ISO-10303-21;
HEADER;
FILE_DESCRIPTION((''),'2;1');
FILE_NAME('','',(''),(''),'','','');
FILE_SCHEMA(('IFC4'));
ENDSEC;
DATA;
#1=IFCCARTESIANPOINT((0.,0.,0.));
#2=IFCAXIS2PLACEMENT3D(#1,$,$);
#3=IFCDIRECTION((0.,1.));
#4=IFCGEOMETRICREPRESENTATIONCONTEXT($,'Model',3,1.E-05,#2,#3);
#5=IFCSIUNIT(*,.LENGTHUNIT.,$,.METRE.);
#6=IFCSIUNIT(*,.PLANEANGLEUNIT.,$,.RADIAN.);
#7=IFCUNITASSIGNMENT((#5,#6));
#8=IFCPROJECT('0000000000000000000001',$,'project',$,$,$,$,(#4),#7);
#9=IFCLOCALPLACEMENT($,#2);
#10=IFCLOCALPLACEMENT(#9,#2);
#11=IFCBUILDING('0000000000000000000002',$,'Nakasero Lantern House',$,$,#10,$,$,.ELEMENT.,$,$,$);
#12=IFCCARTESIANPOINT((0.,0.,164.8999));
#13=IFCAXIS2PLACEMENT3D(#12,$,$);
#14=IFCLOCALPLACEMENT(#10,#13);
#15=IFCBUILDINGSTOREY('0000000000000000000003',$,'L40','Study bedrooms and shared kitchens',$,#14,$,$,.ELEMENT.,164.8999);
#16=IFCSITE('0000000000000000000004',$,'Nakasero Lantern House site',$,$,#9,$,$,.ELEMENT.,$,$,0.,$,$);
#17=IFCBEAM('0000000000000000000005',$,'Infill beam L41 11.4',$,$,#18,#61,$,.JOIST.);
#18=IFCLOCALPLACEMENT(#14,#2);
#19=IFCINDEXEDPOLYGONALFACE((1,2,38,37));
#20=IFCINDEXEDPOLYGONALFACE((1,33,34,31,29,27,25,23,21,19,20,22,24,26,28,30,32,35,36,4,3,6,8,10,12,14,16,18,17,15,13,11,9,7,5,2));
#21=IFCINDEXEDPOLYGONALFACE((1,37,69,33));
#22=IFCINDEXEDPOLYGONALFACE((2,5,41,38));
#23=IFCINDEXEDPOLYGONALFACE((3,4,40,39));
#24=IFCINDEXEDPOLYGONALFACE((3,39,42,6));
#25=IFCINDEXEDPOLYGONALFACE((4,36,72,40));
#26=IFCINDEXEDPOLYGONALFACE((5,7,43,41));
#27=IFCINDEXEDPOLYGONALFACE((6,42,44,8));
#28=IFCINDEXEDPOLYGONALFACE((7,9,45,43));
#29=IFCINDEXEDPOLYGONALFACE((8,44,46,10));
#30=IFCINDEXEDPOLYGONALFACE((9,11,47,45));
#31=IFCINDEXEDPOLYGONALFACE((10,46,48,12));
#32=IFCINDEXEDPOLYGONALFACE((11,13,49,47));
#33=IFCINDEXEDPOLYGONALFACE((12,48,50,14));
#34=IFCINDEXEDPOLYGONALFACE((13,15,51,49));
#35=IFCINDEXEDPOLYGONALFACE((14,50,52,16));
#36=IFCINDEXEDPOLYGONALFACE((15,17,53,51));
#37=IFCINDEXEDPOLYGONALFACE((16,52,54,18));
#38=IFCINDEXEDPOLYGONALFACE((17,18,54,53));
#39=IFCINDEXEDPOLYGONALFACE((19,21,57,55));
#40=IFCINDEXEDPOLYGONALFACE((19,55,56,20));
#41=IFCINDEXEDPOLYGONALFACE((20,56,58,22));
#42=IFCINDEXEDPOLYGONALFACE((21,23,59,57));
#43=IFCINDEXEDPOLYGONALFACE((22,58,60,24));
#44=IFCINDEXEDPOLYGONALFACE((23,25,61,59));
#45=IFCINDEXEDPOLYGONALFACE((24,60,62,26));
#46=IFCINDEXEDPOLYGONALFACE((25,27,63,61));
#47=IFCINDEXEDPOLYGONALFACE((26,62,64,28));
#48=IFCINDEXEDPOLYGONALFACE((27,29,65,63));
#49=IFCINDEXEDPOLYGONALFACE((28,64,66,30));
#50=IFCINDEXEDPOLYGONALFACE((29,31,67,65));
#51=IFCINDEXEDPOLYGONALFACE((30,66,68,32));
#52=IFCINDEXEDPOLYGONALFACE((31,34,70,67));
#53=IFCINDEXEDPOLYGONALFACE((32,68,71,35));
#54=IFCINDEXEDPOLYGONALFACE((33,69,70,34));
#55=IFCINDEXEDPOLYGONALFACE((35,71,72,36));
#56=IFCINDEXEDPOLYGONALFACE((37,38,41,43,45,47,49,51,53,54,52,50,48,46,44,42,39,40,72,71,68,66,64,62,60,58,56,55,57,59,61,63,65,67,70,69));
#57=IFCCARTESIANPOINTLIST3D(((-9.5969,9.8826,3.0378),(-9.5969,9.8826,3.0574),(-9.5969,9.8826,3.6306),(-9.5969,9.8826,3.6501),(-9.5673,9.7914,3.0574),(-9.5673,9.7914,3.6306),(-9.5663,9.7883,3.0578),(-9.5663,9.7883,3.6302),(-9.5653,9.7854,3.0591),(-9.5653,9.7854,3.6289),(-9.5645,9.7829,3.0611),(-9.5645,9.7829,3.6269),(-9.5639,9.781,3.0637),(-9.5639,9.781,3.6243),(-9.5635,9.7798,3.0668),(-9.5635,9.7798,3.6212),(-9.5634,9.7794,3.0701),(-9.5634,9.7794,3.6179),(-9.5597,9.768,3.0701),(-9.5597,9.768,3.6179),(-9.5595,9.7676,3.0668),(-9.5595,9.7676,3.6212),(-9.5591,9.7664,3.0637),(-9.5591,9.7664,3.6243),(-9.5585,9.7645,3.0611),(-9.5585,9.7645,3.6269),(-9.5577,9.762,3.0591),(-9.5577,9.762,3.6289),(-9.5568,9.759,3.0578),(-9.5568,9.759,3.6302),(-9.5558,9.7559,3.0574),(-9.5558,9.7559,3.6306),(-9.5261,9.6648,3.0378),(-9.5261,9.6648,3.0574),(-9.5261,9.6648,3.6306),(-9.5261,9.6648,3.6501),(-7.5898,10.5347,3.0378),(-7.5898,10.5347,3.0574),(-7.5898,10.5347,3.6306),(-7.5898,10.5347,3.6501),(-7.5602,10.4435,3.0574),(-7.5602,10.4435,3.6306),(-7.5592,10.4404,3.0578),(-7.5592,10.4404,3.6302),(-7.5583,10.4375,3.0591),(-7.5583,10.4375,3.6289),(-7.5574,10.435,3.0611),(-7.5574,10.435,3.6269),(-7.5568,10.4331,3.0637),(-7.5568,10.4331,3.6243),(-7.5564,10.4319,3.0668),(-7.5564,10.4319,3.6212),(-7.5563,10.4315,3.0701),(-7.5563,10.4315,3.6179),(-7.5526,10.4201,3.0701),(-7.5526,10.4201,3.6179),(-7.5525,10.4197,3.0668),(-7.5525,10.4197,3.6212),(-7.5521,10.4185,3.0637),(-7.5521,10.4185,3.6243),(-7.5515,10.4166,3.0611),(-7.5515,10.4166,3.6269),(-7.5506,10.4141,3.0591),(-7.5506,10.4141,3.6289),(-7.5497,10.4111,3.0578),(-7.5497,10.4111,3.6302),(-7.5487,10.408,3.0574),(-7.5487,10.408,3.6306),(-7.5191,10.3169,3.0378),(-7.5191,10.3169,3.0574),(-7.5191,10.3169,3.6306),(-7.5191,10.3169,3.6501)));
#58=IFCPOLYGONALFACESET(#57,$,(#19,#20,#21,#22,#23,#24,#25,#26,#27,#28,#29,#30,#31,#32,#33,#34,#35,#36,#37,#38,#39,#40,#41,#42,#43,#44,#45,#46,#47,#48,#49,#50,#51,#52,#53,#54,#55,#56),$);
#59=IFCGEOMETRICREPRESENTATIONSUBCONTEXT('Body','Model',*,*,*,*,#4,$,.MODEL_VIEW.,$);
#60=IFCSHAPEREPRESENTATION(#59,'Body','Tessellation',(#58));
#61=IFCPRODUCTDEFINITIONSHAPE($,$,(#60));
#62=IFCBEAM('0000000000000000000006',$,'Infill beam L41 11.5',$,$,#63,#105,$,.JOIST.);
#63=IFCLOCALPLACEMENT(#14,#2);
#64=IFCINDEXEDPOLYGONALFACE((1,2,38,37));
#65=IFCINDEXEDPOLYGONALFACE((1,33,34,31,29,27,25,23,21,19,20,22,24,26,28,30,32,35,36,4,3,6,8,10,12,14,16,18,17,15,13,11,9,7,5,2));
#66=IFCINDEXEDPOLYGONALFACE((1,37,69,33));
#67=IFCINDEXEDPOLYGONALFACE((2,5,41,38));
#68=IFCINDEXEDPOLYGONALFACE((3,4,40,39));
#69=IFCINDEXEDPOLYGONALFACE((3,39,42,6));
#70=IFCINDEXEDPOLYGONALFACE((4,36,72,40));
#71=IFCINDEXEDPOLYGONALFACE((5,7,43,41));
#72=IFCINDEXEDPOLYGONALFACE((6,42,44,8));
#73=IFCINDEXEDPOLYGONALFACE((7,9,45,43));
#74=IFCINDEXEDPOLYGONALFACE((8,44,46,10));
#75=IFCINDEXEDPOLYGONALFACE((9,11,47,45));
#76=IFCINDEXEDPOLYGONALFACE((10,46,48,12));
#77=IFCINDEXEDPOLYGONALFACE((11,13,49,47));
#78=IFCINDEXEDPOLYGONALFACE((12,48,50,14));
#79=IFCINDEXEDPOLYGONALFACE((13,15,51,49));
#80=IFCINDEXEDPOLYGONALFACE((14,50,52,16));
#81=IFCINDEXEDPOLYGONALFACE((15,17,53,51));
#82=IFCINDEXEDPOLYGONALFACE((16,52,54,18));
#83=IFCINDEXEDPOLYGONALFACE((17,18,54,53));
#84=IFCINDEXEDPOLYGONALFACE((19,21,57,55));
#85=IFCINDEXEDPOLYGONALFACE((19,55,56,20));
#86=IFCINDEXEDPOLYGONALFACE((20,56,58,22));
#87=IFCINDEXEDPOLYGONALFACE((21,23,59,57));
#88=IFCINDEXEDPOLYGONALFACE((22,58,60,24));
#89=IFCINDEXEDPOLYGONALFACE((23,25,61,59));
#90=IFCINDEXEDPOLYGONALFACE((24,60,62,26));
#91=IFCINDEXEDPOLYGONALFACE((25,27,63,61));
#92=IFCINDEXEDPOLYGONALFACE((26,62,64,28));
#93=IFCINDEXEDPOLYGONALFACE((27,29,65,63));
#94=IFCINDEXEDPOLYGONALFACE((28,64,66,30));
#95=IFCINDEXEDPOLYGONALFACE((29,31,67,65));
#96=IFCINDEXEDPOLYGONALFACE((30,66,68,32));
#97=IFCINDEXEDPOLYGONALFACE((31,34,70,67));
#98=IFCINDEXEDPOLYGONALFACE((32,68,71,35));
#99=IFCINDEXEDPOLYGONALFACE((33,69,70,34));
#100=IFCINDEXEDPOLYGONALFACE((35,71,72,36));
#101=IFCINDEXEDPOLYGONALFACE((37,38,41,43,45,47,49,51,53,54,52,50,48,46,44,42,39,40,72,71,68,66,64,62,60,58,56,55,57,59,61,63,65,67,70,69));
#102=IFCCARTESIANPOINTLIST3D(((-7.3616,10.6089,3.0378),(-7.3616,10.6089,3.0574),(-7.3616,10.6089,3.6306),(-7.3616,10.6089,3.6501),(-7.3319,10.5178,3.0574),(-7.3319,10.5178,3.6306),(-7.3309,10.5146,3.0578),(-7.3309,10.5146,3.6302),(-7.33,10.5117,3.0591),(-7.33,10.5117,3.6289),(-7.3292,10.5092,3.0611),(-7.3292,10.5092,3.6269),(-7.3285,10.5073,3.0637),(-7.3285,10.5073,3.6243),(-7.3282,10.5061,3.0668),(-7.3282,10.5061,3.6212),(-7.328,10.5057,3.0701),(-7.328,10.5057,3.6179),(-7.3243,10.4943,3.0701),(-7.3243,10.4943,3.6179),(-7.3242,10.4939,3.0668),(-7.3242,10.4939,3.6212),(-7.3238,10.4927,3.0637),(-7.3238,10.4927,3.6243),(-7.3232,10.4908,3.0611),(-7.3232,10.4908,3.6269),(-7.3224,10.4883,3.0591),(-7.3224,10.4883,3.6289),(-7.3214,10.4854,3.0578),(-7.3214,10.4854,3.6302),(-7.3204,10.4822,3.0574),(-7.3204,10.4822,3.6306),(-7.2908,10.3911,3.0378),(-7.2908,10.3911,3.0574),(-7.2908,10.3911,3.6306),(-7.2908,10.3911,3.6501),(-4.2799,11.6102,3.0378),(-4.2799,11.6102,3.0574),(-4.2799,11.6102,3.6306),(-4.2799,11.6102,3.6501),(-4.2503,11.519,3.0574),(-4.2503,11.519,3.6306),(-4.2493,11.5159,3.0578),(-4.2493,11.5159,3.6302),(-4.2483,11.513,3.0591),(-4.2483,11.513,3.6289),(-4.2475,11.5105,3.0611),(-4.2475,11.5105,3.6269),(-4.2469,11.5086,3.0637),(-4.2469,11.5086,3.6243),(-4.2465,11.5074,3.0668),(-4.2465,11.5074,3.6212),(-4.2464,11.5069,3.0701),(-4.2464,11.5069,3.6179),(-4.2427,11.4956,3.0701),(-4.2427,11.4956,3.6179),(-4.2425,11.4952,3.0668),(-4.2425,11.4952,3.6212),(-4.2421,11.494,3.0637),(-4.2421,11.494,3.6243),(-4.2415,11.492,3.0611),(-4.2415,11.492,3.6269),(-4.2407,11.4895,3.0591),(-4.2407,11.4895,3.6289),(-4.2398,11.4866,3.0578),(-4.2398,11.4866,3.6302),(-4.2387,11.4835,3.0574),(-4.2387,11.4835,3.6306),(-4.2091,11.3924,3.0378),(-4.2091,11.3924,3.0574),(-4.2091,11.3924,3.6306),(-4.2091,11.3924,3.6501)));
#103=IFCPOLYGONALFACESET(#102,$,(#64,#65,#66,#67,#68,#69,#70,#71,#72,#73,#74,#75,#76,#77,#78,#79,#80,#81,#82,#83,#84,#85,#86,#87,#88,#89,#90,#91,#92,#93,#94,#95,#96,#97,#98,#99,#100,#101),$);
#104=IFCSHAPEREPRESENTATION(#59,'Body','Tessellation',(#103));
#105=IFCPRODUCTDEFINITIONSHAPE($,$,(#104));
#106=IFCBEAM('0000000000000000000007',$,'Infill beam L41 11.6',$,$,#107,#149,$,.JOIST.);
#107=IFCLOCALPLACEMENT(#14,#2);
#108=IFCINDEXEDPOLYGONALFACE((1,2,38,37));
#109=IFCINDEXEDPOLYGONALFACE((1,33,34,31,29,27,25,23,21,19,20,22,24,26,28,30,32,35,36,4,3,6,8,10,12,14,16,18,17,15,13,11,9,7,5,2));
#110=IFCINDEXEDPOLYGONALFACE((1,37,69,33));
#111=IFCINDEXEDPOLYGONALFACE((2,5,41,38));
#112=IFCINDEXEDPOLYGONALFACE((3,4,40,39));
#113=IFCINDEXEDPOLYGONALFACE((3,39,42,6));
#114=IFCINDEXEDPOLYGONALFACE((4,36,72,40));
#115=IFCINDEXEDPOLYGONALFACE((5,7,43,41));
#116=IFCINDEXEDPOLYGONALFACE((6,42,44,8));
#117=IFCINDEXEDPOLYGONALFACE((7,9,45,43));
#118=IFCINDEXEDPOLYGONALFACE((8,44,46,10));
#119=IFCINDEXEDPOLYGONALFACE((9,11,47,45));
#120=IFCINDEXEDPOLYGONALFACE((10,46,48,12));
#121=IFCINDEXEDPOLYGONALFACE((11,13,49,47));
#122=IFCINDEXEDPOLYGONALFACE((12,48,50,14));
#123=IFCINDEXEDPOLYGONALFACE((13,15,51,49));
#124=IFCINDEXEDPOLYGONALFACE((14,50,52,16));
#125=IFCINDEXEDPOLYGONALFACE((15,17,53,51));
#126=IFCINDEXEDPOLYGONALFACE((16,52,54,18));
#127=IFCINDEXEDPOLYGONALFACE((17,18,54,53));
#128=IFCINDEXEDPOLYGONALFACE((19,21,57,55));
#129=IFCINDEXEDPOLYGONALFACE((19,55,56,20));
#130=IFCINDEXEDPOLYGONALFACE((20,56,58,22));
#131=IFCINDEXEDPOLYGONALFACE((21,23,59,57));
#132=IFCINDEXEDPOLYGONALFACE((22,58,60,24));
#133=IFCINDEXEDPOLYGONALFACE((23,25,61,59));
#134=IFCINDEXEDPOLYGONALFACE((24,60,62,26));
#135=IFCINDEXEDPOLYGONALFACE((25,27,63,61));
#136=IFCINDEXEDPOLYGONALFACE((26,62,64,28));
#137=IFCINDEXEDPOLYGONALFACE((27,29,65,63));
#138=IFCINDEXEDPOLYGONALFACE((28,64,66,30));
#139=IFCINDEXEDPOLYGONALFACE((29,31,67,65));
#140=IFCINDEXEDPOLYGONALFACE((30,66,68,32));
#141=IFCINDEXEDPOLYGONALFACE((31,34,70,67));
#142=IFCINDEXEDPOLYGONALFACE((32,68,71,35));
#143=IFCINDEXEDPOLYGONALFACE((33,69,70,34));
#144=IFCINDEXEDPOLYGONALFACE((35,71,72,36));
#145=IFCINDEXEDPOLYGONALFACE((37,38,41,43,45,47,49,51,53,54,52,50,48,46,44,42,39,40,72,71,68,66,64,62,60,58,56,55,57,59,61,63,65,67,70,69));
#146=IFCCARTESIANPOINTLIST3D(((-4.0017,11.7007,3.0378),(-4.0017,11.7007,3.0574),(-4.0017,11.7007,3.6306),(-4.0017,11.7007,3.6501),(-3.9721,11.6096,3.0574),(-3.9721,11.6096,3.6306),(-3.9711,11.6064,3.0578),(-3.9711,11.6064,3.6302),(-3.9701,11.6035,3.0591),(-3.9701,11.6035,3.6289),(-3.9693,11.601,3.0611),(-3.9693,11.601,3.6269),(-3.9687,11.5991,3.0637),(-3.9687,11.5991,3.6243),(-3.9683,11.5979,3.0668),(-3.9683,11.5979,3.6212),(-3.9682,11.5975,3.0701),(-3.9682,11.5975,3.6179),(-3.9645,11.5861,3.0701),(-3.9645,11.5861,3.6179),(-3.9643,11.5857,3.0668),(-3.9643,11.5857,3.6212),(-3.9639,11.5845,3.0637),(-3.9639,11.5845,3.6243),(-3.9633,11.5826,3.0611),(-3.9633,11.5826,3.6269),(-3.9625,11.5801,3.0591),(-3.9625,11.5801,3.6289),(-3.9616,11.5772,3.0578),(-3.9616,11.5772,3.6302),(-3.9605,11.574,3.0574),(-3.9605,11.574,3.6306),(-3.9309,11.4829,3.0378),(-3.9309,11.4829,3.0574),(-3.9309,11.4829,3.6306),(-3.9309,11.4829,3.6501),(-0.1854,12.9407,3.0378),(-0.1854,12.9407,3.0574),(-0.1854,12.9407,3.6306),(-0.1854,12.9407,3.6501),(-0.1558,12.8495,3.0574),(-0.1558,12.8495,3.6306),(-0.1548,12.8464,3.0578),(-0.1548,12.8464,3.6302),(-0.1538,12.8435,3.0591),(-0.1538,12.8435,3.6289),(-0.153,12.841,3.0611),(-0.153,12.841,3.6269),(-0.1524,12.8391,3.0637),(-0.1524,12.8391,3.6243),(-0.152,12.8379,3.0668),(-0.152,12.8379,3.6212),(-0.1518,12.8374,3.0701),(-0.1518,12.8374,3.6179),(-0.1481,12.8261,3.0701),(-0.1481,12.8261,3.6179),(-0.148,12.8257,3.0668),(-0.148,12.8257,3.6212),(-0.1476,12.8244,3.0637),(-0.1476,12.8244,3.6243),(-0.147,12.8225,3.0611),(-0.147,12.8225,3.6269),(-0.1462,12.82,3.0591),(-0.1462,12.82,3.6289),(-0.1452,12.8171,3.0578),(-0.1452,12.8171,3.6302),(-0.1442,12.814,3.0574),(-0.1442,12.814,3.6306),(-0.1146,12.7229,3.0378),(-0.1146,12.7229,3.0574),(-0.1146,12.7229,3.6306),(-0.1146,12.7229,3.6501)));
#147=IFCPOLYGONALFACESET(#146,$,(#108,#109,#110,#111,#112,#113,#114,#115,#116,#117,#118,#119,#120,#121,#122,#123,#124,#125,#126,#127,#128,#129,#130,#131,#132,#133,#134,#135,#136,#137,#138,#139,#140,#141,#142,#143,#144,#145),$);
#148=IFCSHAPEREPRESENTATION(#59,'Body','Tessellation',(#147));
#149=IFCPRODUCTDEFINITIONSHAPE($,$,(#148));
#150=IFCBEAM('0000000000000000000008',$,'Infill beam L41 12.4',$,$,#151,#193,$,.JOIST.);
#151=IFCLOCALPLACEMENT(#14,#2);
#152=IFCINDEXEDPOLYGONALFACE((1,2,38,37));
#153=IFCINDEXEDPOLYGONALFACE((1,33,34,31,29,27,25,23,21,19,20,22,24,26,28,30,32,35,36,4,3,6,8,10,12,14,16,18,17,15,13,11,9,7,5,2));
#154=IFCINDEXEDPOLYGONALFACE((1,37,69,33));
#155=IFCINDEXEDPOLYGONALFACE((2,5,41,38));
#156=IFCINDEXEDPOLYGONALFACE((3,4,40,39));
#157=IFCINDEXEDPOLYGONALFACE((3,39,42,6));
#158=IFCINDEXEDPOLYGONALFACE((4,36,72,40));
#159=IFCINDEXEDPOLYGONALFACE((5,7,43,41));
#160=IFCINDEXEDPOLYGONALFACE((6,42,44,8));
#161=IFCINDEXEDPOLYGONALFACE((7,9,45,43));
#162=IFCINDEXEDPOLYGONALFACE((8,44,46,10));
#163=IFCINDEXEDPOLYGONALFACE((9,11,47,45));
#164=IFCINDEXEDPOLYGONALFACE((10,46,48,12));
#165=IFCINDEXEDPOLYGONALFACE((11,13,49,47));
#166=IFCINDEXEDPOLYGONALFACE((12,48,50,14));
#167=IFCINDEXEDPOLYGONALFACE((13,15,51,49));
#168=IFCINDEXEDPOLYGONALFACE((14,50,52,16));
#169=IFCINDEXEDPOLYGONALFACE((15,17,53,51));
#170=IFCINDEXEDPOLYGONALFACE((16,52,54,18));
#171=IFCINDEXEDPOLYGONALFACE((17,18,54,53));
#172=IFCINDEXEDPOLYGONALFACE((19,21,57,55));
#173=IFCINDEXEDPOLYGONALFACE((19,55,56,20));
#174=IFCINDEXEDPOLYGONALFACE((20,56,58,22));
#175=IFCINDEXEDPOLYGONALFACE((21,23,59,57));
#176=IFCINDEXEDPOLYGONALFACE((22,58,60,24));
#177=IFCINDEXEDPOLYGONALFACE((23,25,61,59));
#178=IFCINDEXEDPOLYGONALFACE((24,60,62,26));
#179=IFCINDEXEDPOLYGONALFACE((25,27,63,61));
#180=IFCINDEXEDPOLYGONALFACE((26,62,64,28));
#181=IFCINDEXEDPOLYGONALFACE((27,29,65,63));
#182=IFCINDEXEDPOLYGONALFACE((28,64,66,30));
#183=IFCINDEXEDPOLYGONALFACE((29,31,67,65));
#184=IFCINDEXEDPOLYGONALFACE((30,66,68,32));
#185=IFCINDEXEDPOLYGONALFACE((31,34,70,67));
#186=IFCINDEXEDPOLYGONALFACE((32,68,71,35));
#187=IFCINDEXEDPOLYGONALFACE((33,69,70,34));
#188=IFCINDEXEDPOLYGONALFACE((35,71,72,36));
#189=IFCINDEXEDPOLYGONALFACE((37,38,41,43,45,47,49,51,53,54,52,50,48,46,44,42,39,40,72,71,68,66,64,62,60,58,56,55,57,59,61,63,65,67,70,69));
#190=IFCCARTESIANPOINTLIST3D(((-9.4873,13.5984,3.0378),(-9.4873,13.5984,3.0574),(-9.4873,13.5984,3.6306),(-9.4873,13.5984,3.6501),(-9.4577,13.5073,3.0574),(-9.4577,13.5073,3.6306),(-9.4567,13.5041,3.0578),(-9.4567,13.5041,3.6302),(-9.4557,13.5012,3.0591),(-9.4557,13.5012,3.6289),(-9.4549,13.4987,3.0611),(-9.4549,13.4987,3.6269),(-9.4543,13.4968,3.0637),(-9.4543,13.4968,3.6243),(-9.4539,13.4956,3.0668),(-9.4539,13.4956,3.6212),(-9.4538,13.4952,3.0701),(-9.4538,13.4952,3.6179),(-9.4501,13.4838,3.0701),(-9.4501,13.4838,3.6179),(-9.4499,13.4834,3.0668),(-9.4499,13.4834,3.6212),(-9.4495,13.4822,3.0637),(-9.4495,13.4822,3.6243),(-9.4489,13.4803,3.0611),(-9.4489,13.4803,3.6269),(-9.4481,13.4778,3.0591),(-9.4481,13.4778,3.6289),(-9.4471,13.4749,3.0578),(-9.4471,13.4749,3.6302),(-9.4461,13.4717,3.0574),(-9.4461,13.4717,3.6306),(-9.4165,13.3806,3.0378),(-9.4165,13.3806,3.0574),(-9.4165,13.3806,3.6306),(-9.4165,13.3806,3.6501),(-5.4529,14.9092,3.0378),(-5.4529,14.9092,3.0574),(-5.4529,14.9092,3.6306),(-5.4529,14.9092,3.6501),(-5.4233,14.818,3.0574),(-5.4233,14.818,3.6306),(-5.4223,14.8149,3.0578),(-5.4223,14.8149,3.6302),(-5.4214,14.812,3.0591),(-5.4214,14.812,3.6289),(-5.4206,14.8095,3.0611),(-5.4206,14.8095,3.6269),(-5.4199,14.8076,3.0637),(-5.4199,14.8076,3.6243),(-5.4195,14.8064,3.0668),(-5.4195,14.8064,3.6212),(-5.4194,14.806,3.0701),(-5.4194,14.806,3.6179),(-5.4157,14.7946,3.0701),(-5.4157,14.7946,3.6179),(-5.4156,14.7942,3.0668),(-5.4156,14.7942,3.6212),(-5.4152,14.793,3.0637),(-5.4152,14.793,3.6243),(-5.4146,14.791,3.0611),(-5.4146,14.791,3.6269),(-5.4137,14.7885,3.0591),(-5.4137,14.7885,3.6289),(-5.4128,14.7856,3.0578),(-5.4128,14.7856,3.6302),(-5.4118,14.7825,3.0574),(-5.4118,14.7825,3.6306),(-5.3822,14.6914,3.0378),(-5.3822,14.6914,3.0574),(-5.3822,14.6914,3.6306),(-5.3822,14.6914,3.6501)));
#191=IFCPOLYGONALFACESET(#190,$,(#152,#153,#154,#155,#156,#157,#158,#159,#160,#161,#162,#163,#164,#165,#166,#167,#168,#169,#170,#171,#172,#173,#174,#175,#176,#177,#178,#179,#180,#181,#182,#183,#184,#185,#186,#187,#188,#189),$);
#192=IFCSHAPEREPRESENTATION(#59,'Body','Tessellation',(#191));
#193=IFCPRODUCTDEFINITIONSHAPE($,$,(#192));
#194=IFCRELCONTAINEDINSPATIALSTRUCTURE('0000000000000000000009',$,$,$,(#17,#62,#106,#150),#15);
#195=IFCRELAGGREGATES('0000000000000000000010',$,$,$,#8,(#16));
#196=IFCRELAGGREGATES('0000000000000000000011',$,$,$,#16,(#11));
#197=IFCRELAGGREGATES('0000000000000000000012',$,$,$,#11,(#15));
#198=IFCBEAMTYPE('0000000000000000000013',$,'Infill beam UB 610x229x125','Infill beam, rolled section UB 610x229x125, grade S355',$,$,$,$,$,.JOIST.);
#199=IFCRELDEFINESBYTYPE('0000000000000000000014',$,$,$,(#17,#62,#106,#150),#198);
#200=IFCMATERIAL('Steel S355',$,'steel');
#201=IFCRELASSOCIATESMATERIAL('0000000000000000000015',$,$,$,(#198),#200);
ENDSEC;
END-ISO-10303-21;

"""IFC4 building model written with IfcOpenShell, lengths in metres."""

from ifc_helpers import new_model, si_unit, direction, frame, origin, origin_2d, place, context, subcontext, project, spatial, i_section, extrude, material, material_profile, profile_set, type_object, element, save


model = new_model("IFC4")

# Units and contexts
model_context = context("Model", 3, precision=1e-05, world=origin(), true_north=direction((0.0, 1.0)))
body_context = subcontext(model_context, "Body", "Model", "MODEL_VIEW")
ifc_project = project(units=[si_unit("LENGTHUNIT", "METRE"), si_unit("PLANEANGLEUNIT", "RADIAN")], contexts=[model_context])

# Site, building, storey
site_placement = place(None, origin())
site = spatial("IfcSite", under=ifc_project, at=site_placement, Name="Nakasero Lantern House site", CompositionType="ELEMENT", RefElevation=0.0)
building_placement = place(site_placement, origin())
building = spatial("IfcBuilding", under=site, at=building_placement, Name="Nakasero Lantern House", CompositionType="ELEMENT")
storey_placement = place(building_placement, frame((0.0, 0.0, 164.8999)))
storey = spatial("IfcBuildingStorey", under=building, at=storey_placement, Name="L40", Description="Study bedrooms and shared kitchens", CompositionType="ELEMENT", Elevation=164.8999)

# Beams
ifc_material_1 = material(Name="Steel S355", Category="steel")
ifc_material_profile = material_profile(ifc_material_1, i_section(OverallWidth=0.229, OverallDepth=0.6123, WebThickness=0.012, FlangeThickness=0.0195, FilletRadius=0.0127, at=origin_2d()), Name="UB 610x229x125")
ifc_profile_set = profile_set([ifc_material_profile], Name="Steel S355")
beam_type = type_object("IfcBeamType", Name="Infill beam UB 610x229x125", Description="Infill beam, rolled section UB 610x229x125, grade S355", PredefinedType="JOIST", material=ifc_profile_set)
beam_1_placement = place(storey_placement, frame((-9.5615, 9.7737, 3.344), z_axis=(0.951062, 0.309, 0.0), x_axis=(-0.309, 0.951062, 0.0)))
element("IfcBeam", 1, at=beam_1_placement, inside=storey, type_object=beam_type, Name="Infill beam L41 11.4", PredefinedType="JOIST", context=body_context, shape_type="SweptSolid", body=[
    extrude(i_section(OverallWidth=0.229, OverallDepth=0.6123, WebThickness=0.012, FlangeThickness=0.0195, FilletRadius=0.0127, at=origin_2d()), origin(), (0.0, 0.0, 1.0), 2.1104),
])
beam_2_placement = place(storey_placement, frame((-7.3262, 10.5, 3.344), z_axis=(0.95106, 0.309008, 0.0), x_axis=(-0.309008, 0.95106, 0.0)))
element("IfcBeam", 2, at=beam_2_placement, inside=storey, type_object=beam_type, Name="Infill beam L41 11.5", PredefinedType="JOIST", context=body_context, shape_type="SweptSolid", body=[
    extrude(i_section(OverallWidth=0.229, OverallDepth=0.6123, WebThickness=0.012, FlangeThickness=0.0195, FilletRadius=0.0127, at=origin_2d()), origin(), (0.0, 0.0, 1.0), 3.2402),
])
beam_3_placement = place(storey_placement, frame((-3.9663, 11.5918, 3.344), z_axis=(0.951059, 0.309009, 0.0), x_axis=(-0.309009, 0.951059, 0.0)))
element("IfcBeam", 3, at=beam_3_placement, inside=storey, type_object=beam_type, Name="Infill beam L41 11.6", PredefinedType="JOIST", context=body_context, shape_type="SweptSolid", body=[
    extrude(i_section(OverallWidth=0.229, OverallDepth=0.6123, WebThickness=0.012, FlangeThickness=0.0195, FilletRadius=0.0127, at=origin_2d()), origin(), (0.0, 0.0, 1.0), 4.0127),
])
beam_4_placement = place(storey_placement, frame((-9.4519, 13.4895, 3.344), z_axis=(0.951062, 0.309001, 0.0), x_axis=(-0.309001, 0.951062, 0.0)))
element("IfcBeam", 4, at=beam_4_placement, inside=storey, type_object=beam_type, Name="Infill beam L41 12.4", PredefinedType="JOIST", context=body_context, shape_type="SweptSolid", body=[
    extrude(i_section(OverallWidth=0.229, OverallDepth=0.6123, WebThickness=0.012, FlangeThickness=0.0195, FilletRadius=0.0127, at=origin_2d()), origin(), (0.0, 0.0, 1.0), 4.2419),
])

save(model, "model.ifc")
